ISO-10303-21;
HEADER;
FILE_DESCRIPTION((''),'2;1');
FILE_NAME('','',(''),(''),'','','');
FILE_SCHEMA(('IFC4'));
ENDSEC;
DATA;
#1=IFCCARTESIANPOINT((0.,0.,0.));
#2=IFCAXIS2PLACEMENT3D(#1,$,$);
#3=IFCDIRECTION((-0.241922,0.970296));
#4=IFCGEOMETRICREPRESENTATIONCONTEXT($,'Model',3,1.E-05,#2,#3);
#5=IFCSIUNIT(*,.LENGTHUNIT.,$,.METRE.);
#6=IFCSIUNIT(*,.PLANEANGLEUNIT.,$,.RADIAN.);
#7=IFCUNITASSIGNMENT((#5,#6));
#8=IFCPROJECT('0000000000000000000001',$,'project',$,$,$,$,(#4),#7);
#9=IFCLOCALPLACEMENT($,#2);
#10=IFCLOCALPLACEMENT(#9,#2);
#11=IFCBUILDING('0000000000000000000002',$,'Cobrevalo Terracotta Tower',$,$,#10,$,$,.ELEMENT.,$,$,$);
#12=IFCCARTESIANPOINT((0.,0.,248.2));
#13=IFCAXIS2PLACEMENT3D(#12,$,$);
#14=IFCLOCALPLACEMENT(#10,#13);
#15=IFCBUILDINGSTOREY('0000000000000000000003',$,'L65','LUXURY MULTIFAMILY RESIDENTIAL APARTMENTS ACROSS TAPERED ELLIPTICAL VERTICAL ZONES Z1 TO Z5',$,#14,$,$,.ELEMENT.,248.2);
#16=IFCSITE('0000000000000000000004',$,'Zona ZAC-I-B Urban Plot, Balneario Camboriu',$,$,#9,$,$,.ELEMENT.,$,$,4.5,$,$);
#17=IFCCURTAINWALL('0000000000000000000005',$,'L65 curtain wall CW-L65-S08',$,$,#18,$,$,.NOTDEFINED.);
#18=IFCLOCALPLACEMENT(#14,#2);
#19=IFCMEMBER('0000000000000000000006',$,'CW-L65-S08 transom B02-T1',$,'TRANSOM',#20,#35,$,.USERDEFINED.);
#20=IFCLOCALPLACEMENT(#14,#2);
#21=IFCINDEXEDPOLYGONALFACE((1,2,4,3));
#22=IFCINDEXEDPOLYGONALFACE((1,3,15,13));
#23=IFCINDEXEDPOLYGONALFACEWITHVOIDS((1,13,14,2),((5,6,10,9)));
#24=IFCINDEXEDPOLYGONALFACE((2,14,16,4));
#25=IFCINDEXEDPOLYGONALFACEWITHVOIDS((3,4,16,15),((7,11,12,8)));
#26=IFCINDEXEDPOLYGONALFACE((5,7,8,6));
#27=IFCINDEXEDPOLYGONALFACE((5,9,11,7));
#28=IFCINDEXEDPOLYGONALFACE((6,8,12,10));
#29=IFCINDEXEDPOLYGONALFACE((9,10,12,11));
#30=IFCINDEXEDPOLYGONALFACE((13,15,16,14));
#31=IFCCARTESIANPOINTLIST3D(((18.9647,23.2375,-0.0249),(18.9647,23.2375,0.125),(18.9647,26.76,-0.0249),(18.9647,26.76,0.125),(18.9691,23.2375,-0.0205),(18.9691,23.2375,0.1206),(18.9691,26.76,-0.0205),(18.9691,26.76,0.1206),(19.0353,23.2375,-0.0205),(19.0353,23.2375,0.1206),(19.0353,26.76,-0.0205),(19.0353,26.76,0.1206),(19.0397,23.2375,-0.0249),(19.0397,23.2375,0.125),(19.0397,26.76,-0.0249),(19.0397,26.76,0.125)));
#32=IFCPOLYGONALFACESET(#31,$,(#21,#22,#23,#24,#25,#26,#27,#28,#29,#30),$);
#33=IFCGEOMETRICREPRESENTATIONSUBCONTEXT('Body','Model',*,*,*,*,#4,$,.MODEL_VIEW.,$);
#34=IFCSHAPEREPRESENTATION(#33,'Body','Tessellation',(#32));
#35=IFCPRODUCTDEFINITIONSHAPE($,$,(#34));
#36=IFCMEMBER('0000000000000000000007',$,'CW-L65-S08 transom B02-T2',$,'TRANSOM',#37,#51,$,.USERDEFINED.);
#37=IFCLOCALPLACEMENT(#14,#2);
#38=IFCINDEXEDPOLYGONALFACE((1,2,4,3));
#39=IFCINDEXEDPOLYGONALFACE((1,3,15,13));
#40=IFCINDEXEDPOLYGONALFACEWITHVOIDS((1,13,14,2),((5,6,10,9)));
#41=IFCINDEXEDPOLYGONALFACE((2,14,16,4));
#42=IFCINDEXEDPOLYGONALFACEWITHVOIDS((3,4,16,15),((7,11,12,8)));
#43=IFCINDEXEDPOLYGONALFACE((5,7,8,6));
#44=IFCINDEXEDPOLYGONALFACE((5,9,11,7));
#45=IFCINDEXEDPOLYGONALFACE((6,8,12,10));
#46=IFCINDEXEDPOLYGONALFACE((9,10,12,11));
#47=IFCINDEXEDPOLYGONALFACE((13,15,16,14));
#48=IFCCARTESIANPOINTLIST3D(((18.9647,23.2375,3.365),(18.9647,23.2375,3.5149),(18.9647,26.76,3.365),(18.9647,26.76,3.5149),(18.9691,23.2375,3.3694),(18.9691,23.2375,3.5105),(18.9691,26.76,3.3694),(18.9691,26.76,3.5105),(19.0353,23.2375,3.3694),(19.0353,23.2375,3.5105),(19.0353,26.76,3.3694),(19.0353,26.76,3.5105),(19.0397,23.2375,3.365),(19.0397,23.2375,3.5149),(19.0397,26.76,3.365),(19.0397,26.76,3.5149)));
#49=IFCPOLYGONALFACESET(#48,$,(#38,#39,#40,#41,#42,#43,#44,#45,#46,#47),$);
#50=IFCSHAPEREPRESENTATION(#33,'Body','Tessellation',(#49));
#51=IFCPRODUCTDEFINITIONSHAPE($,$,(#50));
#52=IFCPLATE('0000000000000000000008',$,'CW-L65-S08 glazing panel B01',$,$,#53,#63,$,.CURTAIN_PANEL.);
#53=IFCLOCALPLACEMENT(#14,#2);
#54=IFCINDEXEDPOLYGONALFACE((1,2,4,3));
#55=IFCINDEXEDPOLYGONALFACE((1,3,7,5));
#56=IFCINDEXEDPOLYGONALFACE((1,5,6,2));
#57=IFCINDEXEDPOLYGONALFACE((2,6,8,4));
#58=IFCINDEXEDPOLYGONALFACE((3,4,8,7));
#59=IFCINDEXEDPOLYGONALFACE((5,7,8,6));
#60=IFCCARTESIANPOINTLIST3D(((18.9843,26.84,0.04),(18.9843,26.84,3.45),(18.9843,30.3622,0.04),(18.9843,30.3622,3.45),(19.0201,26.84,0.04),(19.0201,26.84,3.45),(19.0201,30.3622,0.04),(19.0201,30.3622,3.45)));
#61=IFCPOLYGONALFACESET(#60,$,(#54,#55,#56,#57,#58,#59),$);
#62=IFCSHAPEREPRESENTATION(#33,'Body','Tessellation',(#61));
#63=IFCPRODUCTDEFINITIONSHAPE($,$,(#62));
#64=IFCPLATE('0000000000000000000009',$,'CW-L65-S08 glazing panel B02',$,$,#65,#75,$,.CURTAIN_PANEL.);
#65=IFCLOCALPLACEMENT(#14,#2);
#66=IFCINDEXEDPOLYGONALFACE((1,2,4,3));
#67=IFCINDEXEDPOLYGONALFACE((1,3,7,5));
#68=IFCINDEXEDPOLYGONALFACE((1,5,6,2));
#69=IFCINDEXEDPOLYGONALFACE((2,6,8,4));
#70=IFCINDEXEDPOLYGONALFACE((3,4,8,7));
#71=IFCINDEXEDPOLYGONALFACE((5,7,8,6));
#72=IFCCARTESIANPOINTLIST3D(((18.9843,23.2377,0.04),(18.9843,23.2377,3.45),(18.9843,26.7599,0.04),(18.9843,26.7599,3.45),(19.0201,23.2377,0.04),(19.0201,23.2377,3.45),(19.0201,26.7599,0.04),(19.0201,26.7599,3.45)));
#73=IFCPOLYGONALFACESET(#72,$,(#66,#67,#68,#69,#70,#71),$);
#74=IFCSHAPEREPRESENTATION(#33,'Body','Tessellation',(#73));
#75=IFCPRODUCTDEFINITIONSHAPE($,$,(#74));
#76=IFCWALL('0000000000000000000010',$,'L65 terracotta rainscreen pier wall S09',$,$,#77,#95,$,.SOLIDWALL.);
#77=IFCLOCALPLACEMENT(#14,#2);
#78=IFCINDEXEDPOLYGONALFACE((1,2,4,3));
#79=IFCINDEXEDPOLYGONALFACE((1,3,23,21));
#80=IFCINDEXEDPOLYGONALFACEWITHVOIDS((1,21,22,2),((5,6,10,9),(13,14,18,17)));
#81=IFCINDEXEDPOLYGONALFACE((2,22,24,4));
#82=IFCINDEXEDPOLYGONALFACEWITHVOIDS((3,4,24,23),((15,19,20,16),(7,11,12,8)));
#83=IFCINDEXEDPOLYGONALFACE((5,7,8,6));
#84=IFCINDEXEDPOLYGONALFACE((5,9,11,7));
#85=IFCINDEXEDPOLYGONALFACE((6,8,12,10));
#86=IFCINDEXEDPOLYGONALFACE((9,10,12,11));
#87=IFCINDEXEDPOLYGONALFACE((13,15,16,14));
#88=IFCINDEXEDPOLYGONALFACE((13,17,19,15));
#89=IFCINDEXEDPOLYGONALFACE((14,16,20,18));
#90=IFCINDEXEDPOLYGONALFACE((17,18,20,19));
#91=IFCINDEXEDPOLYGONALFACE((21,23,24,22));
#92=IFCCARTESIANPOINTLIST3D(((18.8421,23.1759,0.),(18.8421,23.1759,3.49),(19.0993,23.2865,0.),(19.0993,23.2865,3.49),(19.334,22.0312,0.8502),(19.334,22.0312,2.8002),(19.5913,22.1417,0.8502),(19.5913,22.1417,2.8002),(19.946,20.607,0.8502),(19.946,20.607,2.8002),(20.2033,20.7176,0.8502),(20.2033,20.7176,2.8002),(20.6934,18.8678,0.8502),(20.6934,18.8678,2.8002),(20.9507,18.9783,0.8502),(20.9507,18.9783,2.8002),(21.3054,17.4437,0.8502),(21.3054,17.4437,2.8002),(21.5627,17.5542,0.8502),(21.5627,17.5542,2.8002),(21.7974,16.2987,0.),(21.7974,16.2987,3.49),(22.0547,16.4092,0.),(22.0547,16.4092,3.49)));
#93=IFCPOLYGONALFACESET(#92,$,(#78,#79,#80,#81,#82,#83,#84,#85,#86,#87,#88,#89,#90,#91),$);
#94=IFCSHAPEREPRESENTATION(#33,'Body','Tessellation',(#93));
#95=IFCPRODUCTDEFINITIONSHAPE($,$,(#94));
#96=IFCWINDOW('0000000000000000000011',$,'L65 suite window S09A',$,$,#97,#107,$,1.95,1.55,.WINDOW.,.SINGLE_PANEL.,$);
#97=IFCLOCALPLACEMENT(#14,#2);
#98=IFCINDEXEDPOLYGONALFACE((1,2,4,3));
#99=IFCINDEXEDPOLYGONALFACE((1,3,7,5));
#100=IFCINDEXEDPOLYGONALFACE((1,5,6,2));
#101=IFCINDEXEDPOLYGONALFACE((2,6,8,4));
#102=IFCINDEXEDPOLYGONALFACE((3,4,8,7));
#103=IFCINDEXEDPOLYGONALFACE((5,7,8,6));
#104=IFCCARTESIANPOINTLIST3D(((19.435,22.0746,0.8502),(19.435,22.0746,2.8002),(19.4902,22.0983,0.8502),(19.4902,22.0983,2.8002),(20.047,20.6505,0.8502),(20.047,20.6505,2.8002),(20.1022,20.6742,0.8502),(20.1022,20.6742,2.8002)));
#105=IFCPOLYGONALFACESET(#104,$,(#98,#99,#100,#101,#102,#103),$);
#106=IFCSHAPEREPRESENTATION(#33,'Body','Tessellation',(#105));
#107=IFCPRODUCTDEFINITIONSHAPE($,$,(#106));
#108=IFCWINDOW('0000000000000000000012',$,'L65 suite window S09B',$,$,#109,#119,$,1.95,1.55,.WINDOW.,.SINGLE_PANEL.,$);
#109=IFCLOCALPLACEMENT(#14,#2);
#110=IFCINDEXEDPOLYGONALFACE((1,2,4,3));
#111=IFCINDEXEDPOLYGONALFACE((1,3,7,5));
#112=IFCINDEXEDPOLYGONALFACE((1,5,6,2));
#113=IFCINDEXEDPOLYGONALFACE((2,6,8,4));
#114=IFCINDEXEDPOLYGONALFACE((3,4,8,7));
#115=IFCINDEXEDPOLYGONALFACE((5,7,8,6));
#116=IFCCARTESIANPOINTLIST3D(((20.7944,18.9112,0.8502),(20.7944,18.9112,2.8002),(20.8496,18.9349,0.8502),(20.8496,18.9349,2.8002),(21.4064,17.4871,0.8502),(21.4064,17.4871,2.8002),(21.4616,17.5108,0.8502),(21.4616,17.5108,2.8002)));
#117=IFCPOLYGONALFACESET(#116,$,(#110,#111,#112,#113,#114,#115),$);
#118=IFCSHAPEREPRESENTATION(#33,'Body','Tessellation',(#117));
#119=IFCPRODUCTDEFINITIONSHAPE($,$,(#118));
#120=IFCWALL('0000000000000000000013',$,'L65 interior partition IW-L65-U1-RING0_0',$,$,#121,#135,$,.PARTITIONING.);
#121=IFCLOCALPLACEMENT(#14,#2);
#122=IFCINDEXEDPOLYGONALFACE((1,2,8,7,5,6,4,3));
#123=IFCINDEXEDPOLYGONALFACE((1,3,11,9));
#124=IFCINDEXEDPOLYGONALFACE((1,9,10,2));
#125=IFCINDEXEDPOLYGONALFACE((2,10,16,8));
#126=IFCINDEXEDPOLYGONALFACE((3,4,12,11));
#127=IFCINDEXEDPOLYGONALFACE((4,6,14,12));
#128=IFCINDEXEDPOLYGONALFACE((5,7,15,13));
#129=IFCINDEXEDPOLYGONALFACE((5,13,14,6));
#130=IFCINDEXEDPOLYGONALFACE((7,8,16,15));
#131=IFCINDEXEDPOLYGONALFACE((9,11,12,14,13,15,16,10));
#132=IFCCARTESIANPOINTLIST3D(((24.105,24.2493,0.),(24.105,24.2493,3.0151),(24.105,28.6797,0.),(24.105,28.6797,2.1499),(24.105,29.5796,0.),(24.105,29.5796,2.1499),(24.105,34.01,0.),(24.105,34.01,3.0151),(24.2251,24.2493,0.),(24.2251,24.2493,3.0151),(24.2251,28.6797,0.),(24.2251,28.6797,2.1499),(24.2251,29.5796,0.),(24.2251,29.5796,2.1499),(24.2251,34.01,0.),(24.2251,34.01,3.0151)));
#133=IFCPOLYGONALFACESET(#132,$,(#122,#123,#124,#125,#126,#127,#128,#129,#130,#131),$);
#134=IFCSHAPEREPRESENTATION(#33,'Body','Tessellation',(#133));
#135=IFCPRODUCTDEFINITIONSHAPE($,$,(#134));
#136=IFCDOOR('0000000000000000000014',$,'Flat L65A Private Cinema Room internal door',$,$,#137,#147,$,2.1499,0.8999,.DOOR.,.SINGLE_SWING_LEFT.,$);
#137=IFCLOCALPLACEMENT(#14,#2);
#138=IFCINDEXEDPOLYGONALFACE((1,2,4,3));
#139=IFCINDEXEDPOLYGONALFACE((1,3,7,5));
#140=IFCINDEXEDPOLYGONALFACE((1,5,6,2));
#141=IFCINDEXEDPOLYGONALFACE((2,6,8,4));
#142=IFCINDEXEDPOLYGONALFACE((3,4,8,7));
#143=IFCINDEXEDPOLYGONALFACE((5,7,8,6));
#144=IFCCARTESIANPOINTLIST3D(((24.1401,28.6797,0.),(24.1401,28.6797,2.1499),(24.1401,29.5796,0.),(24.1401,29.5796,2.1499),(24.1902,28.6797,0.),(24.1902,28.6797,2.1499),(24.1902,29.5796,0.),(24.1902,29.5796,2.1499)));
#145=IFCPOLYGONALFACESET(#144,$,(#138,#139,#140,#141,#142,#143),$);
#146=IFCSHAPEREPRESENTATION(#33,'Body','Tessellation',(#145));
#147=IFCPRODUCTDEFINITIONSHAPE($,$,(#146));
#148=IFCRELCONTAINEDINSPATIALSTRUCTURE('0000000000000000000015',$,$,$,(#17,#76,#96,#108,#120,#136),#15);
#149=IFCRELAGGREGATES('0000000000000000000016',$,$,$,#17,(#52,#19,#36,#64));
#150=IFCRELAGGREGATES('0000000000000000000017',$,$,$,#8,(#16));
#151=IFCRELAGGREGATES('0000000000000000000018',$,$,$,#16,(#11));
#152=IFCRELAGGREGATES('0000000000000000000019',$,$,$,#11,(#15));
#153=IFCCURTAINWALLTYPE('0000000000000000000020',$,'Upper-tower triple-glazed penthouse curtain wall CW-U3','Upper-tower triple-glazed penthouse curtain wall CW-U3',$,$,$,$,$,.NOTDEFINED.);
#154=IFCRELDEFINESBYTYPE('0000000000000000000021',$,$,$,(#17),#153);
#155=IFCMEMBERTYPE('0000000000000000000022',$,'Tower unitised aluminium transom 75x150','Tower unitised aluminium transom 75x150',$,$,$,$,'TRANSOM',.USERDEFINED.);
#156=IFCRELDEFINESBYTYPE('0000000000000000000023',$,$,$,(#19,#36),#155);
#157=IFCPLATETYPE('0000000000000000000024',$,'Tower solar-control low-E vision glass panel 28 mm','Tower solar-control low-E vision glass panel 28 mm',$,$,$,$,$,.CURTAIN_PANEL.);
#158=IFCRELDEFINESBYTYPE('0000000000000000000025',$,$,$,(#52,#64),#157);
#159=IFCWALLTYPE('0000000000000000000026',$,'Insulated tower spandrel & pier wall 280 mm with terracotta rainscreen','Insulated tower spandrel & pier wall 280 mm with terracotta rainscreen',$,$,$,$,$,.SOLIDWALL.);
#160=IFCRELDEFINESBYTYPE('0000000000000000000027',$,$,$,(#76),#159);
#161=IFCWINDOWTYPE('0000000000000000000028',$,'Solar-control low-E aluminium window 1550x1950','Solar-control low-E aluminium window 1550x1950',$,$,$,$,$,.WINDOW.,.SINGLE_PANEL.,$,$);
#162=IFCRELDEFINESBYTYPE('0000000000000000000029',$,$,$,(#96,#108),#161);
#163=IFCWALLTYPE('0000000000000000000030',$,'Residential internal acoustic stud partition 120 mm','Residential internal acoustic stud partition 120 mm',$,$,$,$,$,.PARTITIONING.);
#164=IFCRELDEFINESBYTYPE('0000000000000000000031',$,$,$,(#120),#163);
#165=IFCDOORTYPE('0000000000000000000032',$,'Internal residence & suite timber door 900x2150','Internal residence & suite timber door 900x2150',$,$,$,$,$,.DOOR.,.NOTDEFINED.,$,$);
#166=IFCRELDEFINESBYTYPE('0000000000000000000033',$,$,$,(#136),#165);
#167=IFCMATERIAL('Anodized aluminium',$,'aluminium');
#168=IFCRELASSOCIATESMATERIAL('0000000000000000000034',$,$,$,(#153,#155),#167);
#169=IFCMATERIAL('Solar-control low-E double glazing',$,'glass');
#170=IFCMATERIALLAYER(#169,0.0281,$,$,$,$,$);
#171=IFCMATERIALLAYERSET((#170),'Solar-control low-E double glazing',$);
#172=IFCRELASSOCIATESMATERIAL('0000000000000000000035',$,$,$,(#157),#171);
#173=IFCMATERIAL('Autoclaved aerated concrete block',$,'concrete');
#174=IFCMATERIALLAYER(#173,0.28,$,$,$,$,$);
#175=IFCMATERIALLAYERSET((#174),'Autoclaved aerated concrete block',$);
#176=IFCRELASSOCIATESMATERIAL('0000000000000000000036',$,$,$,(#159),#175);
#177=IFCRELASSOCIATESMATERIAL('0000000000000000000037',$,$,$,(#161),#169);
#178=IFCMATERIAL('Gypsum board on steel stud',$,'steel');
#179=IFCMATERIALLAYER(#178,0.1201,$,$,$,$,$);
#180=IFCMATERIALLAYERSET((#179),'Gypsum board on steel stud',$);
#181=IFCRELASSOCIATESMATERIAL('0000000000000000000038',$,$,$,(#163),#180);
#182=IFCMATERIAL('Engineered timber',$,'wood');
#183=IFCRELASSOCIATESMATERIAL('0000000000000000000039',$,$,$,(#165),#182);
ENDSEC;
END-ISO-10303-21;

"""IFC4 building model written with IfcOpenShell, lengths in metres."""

from ifc_helpers import new_model, si_unit, direction, frame, frame_2d, origin, origin_2d, place, context, subcontext, project, spatial, rectangle, hollow_rectangle, extrude, source, transform, mapped, material, layer, layer_set, material_profile, profile_set, type_object, element, fill, aggregate, save


model = new_model("IFC4")

# Units and contexts
model_context = context("Model", 3, precision=1e-05, world=origin(), true_north=direction((-0.241922, 0.970296)))
body_context = subcontext(model_context, "Body", "Model", "MODEL_VIEW")
ifc_project = project(units=[si_unit("LENGTHUNIT", "METRE"), si_unit("PLANEANGLEUNIT", "RADIAN")], contexts=[model_context])

# Site, building, storey
site_placement = place(None, origin())
site = spatial("IfcSite", under=ifc_project, at=site_placement, Name="Zona ZAC-I-B Urban Plot, Balneario Camboriu", CompositionType="ELEMENT", RefElevation=4.5)
building_placement = place(site_placement, origin())
building = spatial("IfcBuilding", under=site, at=building_placement, Name="Cobrevalo Terracotta Tower", CompositionType="ELEMENT")
storey_placement = place(building_placement, frame((0.0, 0.0, 248.2)))
storey = spatial("IfcBuildingStorey", under=building, at=storey_placement, Name="L65", Description="LUXURY MULTIFAMILY RESIDENTIAL APARTMENTS ACROSS TAPERED ELLIPTICAL VERTICAL ZONES Z1 TO Z5", CompositionType="ELEMENT", Elevation=248.2)

# Shared definitions
ifc_material_1 = material(Name="Anodized aluminium", Category="aluminium")
curtain_wall_type = type_object("IfcCurtainWallType", Name="Upper-tower triple-glazed penthouse curtain wall CW-U3", Description="Upper-tower triple-glazed penthouse curtain wall CW-U3", PredefinedType="NOTDEFINED", material=ifc_material_1)

# Curtain wall, members, plates
curtain_wall_1_placement = place(storey_placement, origin())
curtain_wall_1 = element("IfcCurtainWall", 1, at=curtain_wall_1_placement, inside=storey, type_object=curtain_wall_type, Name="L65 curtain wall CW-L65-S08", PredefinedType="NOTDEFINED")
ifc_material_profile_1 = material_profile(ifc_material_1, hollow_rectangle(XDim=0.075, YDim=0.1499, WallThickness=0.0044, at=origin_2d()), Name="CWT 75x150")
ifc_profile_set_1 = profile_set([ifc_material_profile_1], Name="Anodized aluminium")
member_type_1 = type_object("IfcMemberType", Name="Tower unitised aluminium transom 75x150", Description="Tower unitised aluminium transom 75x150", ElementType="TRANSOM", PredefinedType="USERDEFINED", material=ifc_profile_set_1)
shared_shape_1 = source(origin(), body_context, "Body", "SweptSolid", [
    extrude(hollow_rectangle(XDim=0.075, YDim=0.1499, WallThickness=0.0044, at=origin_2d()), origin(), (0.0, 0.0, 1.0), 3.5225),
])
member_1_placement = place(storey_placement, frame((19.0022, 26.76, 0.05), z_axis=(0.0, -1.0, 0.0), x_axis=(1.0, 0.0, 0.0)))
member_1 = element("IfcMember", 2, at=member_1_placement, type_object=member_type_1, Name="CW-L65-S08 transom B02-T1", ObjectType="TRANSOM", PredefinedType="USERDEFINED", context=body_context, shape_type="MappedRepresentation", body=[
    mapped(shared_shape_1, transform((0.0, 0.0, 0.0), scale=1.0)),
])
member_2_placement = place(storey_placement, frame((19.0022, 26.76, 3.4399), z_axis=(0.0, -1.0, 0.0), x_axis=(1.0, 0.0, 0.0)))
member_2 = element("IfcMember", 3, at=member_2_placement, type_object=member_type_1, Name="CW-L65-S08 transom B02-T2", ObjectType="TRANSOM", PredefinedType="USERDEFINED", context=body_context, shape_type="MappedRepresentation", body=[
    mapped(shared_shape_1, transform((0.0, 0.0, 0.0), scale=1.0)),
])
ifc_material_2 = material(Name="Solar-control low-E double glazing", Category="glass")
ifc_layer_1 = layer(ifc_material_2, 0.0281)
ifc_layer_set_1 = layer_set([ifc_layer_1], Name="Solar-control low-E double glazing")
plate_type = type_object("IfcPlateType", Name="Tower solar-control low-E vision glass panel 28 mm", Description="Tower solar-control low-E vision glass panel 28 mm", PredefinedType="CURTAIN_PANEL", material=ifc_layer_set_1)
shared_shape_2 = source(origin(), body_context, "Body", "SweptSolid", [
    extrude(rectangle(XDim=3.5222, YDim=0.0359, at=origin_2d()), origin(), (0.0, 0.0, 1.0), 3.4099),
])
plate_1_placement = place(storey_placement, frame((19.0022, 28.6011, 0.04), z_axis=(0.0, 0.0, 1.0), x_axis=(0.0, -1.0, 0.0)))
plate_1 = element("IfcPlate", 4, at=plate_1_placement, type_object=plate_type, Name="CW-L65-S08 glazing panel B01", PredefinedType="CURTAIN_PANEL", context=body_context, shape_type="MappedRepresentation", body=[
    mapped(shared_shape_2, transform((0.0, 0.0, 0.0), scale=1.0)),
])
plate_2_placement = place(storey_placement, frame((19.0022, 24.9988, 0.04), z_axis=(0.0, 0.0, 1.0), x_axis=(0.0, -1.0, 0.0)))
plate_2 = element("IfcPlate", 5, at=plate_2_placement, type_object=plate_type, Name="CW-L65-S08 glazing panel B02", PredefinedType="CURTAIN_PANEL", context=body_context, shape_type="MappedRepresentation", body=[
    mapped(shared_shape_2, transform((0.0, 0.0, 0.0), scale=1.0)),
])
aggregate(curtain_wall_1, [plate_1, member_1, member_2, plate_2])

# Wall, openings, windows
ifc_material_3 = material(Name="Autoclaved aerated concrete block", Category="concrete")
ifc_layer_2 = layer(ifc_material_3, 0.28)
ifc_layer_set_2 = layer_set([ifc_layer_2], Name="Autoclaved aerated concrete block")
wall_type_1 = type_object("IfcWallType", Name="Insulated tower spandrel & pier wall 280 mm with terracotta rainscreen", Description="Insulated tower spandrel & pier wall 280 mm with terracotta rainscreen", PredefinedType="SOLIDWALL", material=ifc_layer_set_2)
wall_1_placement = place(storey_placement, frame((18.9707, 23.2312, 0.0), z_axis=(0.0, 0.0, 1.0), x_axis=(0.394817, -0.91876, 0.0)))
wall_1 = element("IfcWall", 6, at=wall_1_placement, inside=storey, type_object=wall_type_1, Name="L65 terracotta rainscreen pier wall S09", PredefinedType="SOLIDWALL", context=body_context, shape_type="SweptSolid", body=[
    extrude(rectangle(XDim=7.4854, YDim=0.28, at=frame_2d((3.7427, 0.0))), origin(), (0.0, 0.0, 1.0), 3.49),
])
opening_1_placement = place(wall_1_placement, frame((1.2461, 0.0, 0.8501)))
opening_1 = element("IfcOpeningElement", 7, at=opening_1_placement, cuts=wall_1, PredefinedType="OPENING", context=body_context, shape_type="SweptSolid", body=[
    extrude(rectangle(XDim=1.55, YDim=1.95, at=frame_2d((0.7749, 0.9751))), frame((0.0, 0.1499, 0.0), z_axis=(0.0, -1.0, 0.0), x_axis=(1.0, 0.0, 0.0)), (0.0, 0.0, 1.0), 0.3),
])
opening_2_placement = place(wall_1_placement, frame((4.6892, 0.0, 0.8501)))
opening_2 = element("IfcOpeningElement", 8, at=opening_2_placement, cuts=wall_1, PredefinedType="OPENING", context=body_context, shape_type="SweptSolid", body=[
    extrude(rectangle(XDim=1.55, YDim=1.95, at=frame_2d((0.7749, 0.9751))), frame((0.0, 0.1499, 0.0), z_axis=(0.0, -1.0, 0.0), x_axis=(1.0, 0.0, 0.0)), (0.0, 0.0, 1.0), 0.3),
])
window_type = type_object("IfcWindowType", Name="Solar-control low-E aluminium window 1550x1950", Description="Solar-control low-E aluminium window 1550x1950", PartitioningType="SINGLE_PANEL", PredefinedType="WINDOW", material=ifc_material_2)
shared_shape_3 = source(origin(), body_context, "Body", "SweptSolid", [
    extrude(rectangle(XDim=1.55, YDim=1.95, at=frame_2d((0.7749, 0.9751))), frame((0.0, 0.03, 0.0), z_axis=(0.0, -1.0, 0.0), x_axis=(1.0, 0.0, 0.0)), (0.0, 0.0, 1.0), 0.0601),
])
window_1_placement = place(opening_1_placement, origin())
window_1 = element("IfcWindow", 9, at=window_1_placement, inside=storey, type_object=window_type, Name="L65 suite window S09A", OverallHeight=1.95, OverallWidth=1.55, PartitioningType="SINGLE_PANEL", PredefinedType="WINDOW", context=body_context, shape_type="MappedRepresentation", body=[
    mapped(shared_shape_3, transform((0.0, 0.0, 0.0), scale=1.0)),
])
fill(opening_1, window_1)
window_2_placement = place(opening_2_placement, origin())
window_2 = element("IfcWindow", 10, at=window_2_placement, inside=storey, type_object=window_type, Name="L65 suite window S09B", OverallHeight=1.95, OverallWidth=1.55, PartitioningType="SINGLE_PANEL", PredefinedType="WINDOW", context=body_context, shape_type="MappedRepresentation", body=[
    mapped(shared_shape_3, transform((0.0, 0.0, 0.0), scale=1.0)),
])
fill(opening_2, window_2)

# Wall, opening, door
ifc_material_4 = material(Name="Gypsum board on steel stud", Category="steel")
ifc_layer_3 = layer(ifc_material_4, 0.1201)
ifc_layer_set_3 = layer_set([ifc_layer_3], Name="Gypsum board on steel stud")
wall_type_2 = type_object("IfcWallType", Name="Residential internal acoustic stud partition 120 mm", Description="Residential internal acoustic stud partition 120 mm", PredefinedType="PARTITIONING", material=ifc_layer_set_3)
wall_2_placement = place(storey_placement, frame((24.165, 24.2493, 0.0), z_axis=(0.0, 0.0, 1.0), x_axis=(0.0, 1.0, 0.0)))
wall_2 = element("IfcWall", 11, at=wall_2_placement, inside=storey, type_object=wall_type_2, Name="L65 interior partition IW-L65-U1-RING0_0", PredefinedType="PARTITIONING", context=body_context, shape_type="SweptSolid", body=[
    extrude(rectangle(XDim=9.7607, YDim=0.1201, at=frame_2d((4.8804, 0.0))), origin(), (0.0, 0.0, 1.0), 3.0151),
])
opening_3_placement = place(wall_2_placement, frame((4.4304, 0.0, 0.0)))
opening_3 = element("IfcOpeningElement", 12, at=opening_3_placement, cuts=wall_2, PredefinedType="OPENING", context=body_context, shape_type="SweptSolid", body=[
    extrude(rectangle(XDim=0.8999, YDim=2.1499, at=frame_2d((0.45, 1.075))), frame((0.0, 0.0701, 0.0), z_axis=(0.0, -1.0, 0.0), x_axis=(1.0, 0.0, 0.0)), (0.0, 0.0, 1.0), 0.1401),
])
ifc_material_5 = material(Name="Engineered timber", Category="wood")
door_type = type_object("IfcDoorType", Name="Internal residence & suite timber door 900x2150", Description="Internal residence & suite timber door 900x2150", OperationType="NOTDEFINED", PredefinedType="DOOR", material=ifc_material_5)
shared_shape_4 = source(origin(), body_context, "Body", "SweptSolid", [
    extrude(rectangle(XDim=0.8999, YDim=2.1499, at=frame_2d((0.45, 1.075))), frame((0.0, 0.0249, 0.0), z_axis=(0.0, -1.0, 0.0), x_axis=(1.0, 0.0, 0.0)), (0.0, 0.0, 1.0), 0.05),
])
door_placement = place(opening_3_placement, origin())
door = element("IfcDoor", 13, at=door_placement, inside=storey, type_object=door_type, Name="Flat L65A Private Cinema Room internal door", OperationType="SINGLE_SWING_LEFT", OverallHeight=2.1499, OverallWidth=0.8999, PredefinedType="DOOR", context=body_context, shape_type="MappedRepresentation", body=[
    mapped(shared_shape_4, transform((0.0, 0.0, 0.0), scale=1.0)),
])
fill(opening_3, door)

save(model, "model.ifc")
